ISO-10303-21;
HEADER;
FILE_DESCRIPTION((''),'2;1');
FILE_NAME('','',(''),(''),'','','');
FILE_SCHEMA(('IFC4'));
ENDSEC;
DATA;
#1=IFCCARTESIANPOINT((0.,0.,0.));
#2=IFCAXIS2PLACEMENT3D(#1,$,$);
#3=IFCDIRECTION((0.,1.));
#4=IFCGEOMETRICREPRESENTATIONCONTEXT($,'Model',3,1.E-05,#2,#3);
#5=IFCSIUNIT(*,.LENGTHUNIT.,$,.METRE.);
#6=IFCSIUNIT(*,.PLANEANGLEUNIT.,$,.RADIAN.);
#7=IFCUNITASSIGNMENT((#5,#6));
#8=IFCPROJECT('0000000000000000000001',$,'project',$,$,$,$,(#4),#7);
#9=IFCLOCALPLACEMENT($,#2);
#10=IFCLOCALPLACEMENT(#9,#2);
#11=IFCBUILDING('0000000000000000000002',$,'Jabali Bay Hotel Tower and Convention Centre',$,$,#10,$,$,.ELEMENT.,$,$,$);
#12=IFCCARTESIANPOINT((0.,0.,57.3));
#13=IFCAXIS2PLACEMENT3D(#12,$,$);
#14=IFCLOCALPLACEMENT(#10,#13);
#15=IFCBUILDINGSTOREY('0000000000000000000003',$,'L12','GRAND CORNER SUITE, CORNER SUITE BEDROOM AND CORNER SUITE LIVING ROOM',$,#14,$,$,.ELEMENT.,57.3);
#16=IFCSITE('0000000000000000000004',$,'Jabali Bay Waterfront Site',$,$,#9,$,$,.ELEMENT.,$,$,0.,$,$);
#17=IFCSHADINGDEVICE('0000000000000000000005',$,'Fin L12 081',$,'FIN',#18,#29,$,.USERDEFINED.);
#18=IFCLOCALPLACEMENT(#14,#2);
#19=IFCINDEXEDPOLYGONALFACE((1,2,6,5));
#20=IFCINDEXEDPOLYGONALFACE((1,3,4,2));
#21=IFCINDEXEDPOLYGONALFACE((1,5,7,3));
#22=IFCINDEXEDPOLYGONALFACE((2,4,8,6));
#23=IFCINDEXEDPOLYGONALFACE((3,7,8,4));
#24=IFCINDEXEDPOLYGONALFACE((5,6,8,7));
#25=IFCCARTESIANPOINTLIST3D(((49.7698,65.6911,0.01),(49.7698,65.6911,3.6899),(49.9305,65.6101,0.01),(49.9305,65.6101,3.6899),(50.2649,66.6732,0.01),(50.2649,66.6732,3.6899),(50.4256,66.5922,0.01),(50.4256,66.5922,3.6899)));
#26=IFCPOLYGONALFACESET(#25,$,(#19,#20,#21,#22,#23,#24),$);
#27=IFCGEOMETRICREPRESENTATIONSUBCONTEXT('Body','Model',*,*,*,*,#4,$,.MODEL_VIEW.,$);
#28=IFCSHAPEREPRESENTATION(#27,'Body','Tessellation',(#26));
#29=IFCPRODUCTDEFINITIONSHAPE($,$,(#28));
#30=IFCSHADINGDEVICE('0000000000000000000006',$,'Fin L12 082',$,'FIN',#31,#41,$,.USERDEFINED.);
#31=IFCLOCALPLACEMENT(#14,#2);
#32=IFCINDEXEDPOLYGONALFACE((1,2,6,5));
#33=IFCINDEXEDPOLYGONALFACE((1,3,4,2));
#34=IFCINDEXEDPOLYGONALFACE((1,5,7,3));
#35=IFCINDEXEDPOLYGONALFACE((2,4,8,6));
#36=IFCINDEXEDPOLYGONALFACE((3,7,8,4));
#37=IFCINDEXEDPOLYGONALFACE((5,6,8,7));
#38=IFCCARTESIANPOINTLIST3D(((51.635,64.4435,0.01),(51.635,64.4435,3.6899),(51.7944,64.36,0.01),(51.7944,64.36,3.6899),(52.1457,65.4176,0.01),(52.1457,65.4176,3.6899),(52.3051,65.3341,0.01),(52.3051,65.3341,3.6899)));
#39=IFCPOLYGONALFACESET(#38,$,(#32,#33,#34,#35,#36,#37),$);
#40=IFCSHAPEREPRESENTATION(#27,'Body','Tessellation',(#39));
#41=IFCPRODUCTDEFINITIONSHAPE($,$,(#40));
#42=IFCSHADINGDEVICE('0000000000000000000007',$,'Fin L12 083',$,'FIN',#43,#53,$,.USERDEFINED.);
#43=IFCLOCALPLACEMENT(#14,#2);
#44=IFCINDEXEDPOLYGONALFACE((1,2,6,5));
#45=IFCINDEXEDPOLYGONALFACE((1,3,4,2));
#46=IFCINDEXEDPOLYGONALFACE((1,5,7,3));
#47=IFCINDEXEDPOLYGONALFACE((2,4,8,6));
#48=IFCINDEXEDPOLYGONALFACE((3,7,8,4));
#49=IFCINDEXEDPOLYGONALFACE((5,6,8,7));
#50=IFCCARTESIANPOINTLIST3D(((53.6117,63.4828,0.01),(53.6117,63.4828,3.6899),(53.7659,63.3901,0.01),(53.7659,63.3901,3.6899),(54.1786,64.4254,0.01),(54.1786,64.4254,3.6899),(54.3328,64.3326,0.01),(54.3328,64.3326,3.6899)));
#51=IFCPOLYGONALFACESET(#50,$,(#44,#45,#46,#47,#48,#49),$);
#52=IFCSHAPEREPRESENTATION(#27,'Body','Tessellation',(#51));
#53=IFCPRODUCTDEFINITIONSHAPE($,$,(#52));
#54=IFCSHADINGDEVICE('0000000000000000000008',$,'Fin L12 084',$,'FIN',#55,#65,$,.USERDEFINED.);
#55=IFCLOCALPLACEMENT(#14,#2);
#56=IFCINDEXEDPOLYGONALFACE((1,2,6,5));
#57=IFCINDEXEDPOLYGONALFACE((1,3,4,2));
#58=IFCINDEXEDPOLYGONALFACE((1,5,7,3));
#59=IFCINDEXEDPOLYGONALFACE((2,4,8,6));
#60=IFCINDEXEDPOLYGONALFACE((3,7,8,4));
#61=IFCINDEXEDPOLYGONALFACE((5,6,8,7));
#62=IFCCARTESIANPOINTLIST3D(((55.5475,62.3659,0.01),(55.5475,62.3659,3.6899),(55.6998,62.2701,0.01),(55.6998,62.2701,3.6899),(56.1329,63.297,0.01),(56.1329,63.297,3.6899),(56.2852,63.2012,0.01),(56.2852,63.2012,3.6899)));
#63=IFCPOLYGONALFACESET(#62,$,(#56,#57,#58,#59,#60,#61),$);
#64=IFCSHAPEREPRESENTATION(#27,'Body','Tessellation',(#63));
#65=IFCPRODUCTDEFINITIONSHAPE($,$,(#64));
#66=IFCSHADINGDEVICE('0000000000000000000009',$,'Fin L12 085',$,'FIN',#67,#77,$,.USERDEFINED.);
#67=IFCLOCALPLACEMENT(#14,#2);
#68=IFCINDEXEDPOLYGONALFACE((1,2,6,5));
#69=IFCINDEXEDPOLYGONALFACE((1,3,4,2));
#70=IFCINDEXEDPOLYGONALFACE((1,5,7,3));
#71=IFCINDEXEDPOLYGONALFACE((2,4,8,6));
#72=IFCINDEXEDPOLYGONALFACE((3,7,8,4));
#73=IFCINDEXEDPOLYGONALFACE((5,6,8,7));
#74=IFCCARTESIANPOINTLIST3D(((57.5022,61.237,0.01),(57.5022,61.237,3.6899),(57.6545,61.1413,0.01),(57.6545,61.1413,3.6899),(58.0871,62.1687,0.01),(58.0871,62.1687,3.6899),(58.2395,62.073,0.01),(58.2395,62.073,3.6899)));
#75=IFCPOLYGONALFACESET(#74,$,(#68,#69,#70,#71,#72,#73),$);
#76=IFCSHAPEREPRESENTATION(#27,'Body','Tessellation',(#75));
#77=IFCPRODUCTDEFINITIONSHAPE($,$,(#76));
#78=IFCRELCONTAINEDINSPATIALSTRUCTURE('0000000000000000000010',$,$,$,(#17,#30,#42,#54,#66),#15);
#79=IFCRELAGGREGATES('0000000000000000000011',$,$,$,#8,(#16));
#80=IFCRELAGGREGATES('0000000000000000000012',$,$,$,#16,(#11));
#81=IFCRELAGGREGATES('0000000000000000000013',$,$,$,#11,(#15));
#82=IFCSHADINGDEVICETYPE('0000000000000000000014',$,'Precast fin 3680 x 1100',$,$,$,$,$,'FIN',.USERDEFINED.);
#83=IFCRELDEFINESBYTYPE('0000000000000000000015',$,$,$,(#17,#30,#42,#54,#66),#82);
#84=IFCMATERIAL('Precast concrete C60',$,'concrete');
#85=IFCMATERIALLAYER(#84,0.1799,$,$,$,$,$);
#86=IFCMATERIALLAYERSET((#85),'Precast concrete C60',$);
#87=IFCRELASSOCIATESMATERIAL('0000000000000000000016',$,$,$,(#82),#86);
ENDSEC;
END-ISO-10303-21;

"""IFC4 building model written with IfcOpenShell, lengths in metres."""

from ifc_helpers import new_model, si_unit, direction, frame, frame_2d, origin, place, context, subcontext, project, spatial, rectangle, extrude, material, layer, layer_set, type_object, element, save


model = new_model("IFC4")

# Units and contexts
model_context = context("Model", 3, precision=1e-05, world=origin(), true_north=direction((0.0, 1.0)))
body_context = subcontext(model_context, "Body", "Model", "MODEL_VIEW")
ifc_project = project(units=[si_unit("LENGTHUNIT", "METRE"), si_unit("PLANEANGLEUNIT", "RADIAN")], contexts=[model_context])

# Site, building, storey
site_placement = place(None, origin())
site = spatial("IfcSite", under=ifc_project, at=site_placement, Name="Jabali Bay Waterfront Site", CompositionType="ELEMENT", RefElevation=0.0)
building_placement = place(site_placement, origin())
building = spatial("IfcBuilding", under=site, at=building_placement, Name="Jabali Bay Hotel Tower and Convention Centre", CompositionType="ELEMENT")
storey_placement = place(building_placement, frame((0.0, 0.0, 57.3)))
storey = spatial("IfcBuildingStorey", under=building, at=storey_placement, Name="L12", Description="GRAND CORNER SUITE, CORNER SUITE BEDROOM AND CORNER SUITE LIVING ROOM", CompositionType="ELEMENT", Elevation=57.3)

# Shading devices
ifc_material_1 = material(Name="Precast concrete C60", Category="concrete")
ifc_layer_1 = layer(ifc_material_1, 0.1799)
ifc_layer_set_1 = layer_set([ifc_layer_1], Name="Precast concrete C60")
shading_device_type = type_object("IfcShadingDeviceType", Name="Precast fin 3680 x 1100", ElementType="FIN", PredefinedType="USERDEFINED", material=ifc_layer_set_1)
for number, where, z_axis, x_axis, name in (
    (1, (50.3452, 66.6326, 0.01), (0.0, 0.0, 1.0), (-0.450141, -0.892957, 0.0), "Fin L12 081"),
    (2, (52.2253, 65.3757, 0.01), (0.0, 0.0, 1.0), (-0.464355, -0.885649, 0.0), "Fin L12 082"),
    (3, (54.2556, 64.3789, 0.01), (0.0, 0.0, 1.0), (-0.515377, -0.856964, 0.0), "Fin L12 083"),
    (4, (56.209, 63.249, 0.01), (0.0, 0.0, 1.0), (-0.532272, -0.846574, 0.0), "Fin L12 084"),
):
    element("IfcShadingDevice", number, at=place(storey_placement, frame(where, z_axis=z_axis, x_axis=x_axis)), inside=storey, type_object=shading_device_type, Name=name, ObjectType="FIN", PredefinedType="USERDEFINED", context=body_context, shape_type="SweptSolid", body=[
        extrude(rectangle(XDim=1.0999, YDim=0.1799, at=frame_2d((0.5498, 0.0))), origin(), (0.0, 0.0, 1.0), 3.6799),
    ])
shading_device_1_placement = place(storey_placement, frame((58.1633, 62.1208, 0.01), z_axis=(0.0, 0.0, 1.0), x_axis=(-0.531753, -0.846899, 0.0)))
element("IfcShadingDevice", 5, at=shading_device_1_placement, inside=storey, type_object=shading_device_type, Name="Fin L12 085", ObjectType="FIN", PredefinedType="USERDEFINED", context=body_context, shape_type="SweptSolid", body=[
    extrude(rectangle(XDim=1.1001, YDim=0.1799, at=frame_2d((0.55, 0.0))), origin(), (0.0, 0.0, 1.0), 3.6799),
])

save(model, "model.ifc")
